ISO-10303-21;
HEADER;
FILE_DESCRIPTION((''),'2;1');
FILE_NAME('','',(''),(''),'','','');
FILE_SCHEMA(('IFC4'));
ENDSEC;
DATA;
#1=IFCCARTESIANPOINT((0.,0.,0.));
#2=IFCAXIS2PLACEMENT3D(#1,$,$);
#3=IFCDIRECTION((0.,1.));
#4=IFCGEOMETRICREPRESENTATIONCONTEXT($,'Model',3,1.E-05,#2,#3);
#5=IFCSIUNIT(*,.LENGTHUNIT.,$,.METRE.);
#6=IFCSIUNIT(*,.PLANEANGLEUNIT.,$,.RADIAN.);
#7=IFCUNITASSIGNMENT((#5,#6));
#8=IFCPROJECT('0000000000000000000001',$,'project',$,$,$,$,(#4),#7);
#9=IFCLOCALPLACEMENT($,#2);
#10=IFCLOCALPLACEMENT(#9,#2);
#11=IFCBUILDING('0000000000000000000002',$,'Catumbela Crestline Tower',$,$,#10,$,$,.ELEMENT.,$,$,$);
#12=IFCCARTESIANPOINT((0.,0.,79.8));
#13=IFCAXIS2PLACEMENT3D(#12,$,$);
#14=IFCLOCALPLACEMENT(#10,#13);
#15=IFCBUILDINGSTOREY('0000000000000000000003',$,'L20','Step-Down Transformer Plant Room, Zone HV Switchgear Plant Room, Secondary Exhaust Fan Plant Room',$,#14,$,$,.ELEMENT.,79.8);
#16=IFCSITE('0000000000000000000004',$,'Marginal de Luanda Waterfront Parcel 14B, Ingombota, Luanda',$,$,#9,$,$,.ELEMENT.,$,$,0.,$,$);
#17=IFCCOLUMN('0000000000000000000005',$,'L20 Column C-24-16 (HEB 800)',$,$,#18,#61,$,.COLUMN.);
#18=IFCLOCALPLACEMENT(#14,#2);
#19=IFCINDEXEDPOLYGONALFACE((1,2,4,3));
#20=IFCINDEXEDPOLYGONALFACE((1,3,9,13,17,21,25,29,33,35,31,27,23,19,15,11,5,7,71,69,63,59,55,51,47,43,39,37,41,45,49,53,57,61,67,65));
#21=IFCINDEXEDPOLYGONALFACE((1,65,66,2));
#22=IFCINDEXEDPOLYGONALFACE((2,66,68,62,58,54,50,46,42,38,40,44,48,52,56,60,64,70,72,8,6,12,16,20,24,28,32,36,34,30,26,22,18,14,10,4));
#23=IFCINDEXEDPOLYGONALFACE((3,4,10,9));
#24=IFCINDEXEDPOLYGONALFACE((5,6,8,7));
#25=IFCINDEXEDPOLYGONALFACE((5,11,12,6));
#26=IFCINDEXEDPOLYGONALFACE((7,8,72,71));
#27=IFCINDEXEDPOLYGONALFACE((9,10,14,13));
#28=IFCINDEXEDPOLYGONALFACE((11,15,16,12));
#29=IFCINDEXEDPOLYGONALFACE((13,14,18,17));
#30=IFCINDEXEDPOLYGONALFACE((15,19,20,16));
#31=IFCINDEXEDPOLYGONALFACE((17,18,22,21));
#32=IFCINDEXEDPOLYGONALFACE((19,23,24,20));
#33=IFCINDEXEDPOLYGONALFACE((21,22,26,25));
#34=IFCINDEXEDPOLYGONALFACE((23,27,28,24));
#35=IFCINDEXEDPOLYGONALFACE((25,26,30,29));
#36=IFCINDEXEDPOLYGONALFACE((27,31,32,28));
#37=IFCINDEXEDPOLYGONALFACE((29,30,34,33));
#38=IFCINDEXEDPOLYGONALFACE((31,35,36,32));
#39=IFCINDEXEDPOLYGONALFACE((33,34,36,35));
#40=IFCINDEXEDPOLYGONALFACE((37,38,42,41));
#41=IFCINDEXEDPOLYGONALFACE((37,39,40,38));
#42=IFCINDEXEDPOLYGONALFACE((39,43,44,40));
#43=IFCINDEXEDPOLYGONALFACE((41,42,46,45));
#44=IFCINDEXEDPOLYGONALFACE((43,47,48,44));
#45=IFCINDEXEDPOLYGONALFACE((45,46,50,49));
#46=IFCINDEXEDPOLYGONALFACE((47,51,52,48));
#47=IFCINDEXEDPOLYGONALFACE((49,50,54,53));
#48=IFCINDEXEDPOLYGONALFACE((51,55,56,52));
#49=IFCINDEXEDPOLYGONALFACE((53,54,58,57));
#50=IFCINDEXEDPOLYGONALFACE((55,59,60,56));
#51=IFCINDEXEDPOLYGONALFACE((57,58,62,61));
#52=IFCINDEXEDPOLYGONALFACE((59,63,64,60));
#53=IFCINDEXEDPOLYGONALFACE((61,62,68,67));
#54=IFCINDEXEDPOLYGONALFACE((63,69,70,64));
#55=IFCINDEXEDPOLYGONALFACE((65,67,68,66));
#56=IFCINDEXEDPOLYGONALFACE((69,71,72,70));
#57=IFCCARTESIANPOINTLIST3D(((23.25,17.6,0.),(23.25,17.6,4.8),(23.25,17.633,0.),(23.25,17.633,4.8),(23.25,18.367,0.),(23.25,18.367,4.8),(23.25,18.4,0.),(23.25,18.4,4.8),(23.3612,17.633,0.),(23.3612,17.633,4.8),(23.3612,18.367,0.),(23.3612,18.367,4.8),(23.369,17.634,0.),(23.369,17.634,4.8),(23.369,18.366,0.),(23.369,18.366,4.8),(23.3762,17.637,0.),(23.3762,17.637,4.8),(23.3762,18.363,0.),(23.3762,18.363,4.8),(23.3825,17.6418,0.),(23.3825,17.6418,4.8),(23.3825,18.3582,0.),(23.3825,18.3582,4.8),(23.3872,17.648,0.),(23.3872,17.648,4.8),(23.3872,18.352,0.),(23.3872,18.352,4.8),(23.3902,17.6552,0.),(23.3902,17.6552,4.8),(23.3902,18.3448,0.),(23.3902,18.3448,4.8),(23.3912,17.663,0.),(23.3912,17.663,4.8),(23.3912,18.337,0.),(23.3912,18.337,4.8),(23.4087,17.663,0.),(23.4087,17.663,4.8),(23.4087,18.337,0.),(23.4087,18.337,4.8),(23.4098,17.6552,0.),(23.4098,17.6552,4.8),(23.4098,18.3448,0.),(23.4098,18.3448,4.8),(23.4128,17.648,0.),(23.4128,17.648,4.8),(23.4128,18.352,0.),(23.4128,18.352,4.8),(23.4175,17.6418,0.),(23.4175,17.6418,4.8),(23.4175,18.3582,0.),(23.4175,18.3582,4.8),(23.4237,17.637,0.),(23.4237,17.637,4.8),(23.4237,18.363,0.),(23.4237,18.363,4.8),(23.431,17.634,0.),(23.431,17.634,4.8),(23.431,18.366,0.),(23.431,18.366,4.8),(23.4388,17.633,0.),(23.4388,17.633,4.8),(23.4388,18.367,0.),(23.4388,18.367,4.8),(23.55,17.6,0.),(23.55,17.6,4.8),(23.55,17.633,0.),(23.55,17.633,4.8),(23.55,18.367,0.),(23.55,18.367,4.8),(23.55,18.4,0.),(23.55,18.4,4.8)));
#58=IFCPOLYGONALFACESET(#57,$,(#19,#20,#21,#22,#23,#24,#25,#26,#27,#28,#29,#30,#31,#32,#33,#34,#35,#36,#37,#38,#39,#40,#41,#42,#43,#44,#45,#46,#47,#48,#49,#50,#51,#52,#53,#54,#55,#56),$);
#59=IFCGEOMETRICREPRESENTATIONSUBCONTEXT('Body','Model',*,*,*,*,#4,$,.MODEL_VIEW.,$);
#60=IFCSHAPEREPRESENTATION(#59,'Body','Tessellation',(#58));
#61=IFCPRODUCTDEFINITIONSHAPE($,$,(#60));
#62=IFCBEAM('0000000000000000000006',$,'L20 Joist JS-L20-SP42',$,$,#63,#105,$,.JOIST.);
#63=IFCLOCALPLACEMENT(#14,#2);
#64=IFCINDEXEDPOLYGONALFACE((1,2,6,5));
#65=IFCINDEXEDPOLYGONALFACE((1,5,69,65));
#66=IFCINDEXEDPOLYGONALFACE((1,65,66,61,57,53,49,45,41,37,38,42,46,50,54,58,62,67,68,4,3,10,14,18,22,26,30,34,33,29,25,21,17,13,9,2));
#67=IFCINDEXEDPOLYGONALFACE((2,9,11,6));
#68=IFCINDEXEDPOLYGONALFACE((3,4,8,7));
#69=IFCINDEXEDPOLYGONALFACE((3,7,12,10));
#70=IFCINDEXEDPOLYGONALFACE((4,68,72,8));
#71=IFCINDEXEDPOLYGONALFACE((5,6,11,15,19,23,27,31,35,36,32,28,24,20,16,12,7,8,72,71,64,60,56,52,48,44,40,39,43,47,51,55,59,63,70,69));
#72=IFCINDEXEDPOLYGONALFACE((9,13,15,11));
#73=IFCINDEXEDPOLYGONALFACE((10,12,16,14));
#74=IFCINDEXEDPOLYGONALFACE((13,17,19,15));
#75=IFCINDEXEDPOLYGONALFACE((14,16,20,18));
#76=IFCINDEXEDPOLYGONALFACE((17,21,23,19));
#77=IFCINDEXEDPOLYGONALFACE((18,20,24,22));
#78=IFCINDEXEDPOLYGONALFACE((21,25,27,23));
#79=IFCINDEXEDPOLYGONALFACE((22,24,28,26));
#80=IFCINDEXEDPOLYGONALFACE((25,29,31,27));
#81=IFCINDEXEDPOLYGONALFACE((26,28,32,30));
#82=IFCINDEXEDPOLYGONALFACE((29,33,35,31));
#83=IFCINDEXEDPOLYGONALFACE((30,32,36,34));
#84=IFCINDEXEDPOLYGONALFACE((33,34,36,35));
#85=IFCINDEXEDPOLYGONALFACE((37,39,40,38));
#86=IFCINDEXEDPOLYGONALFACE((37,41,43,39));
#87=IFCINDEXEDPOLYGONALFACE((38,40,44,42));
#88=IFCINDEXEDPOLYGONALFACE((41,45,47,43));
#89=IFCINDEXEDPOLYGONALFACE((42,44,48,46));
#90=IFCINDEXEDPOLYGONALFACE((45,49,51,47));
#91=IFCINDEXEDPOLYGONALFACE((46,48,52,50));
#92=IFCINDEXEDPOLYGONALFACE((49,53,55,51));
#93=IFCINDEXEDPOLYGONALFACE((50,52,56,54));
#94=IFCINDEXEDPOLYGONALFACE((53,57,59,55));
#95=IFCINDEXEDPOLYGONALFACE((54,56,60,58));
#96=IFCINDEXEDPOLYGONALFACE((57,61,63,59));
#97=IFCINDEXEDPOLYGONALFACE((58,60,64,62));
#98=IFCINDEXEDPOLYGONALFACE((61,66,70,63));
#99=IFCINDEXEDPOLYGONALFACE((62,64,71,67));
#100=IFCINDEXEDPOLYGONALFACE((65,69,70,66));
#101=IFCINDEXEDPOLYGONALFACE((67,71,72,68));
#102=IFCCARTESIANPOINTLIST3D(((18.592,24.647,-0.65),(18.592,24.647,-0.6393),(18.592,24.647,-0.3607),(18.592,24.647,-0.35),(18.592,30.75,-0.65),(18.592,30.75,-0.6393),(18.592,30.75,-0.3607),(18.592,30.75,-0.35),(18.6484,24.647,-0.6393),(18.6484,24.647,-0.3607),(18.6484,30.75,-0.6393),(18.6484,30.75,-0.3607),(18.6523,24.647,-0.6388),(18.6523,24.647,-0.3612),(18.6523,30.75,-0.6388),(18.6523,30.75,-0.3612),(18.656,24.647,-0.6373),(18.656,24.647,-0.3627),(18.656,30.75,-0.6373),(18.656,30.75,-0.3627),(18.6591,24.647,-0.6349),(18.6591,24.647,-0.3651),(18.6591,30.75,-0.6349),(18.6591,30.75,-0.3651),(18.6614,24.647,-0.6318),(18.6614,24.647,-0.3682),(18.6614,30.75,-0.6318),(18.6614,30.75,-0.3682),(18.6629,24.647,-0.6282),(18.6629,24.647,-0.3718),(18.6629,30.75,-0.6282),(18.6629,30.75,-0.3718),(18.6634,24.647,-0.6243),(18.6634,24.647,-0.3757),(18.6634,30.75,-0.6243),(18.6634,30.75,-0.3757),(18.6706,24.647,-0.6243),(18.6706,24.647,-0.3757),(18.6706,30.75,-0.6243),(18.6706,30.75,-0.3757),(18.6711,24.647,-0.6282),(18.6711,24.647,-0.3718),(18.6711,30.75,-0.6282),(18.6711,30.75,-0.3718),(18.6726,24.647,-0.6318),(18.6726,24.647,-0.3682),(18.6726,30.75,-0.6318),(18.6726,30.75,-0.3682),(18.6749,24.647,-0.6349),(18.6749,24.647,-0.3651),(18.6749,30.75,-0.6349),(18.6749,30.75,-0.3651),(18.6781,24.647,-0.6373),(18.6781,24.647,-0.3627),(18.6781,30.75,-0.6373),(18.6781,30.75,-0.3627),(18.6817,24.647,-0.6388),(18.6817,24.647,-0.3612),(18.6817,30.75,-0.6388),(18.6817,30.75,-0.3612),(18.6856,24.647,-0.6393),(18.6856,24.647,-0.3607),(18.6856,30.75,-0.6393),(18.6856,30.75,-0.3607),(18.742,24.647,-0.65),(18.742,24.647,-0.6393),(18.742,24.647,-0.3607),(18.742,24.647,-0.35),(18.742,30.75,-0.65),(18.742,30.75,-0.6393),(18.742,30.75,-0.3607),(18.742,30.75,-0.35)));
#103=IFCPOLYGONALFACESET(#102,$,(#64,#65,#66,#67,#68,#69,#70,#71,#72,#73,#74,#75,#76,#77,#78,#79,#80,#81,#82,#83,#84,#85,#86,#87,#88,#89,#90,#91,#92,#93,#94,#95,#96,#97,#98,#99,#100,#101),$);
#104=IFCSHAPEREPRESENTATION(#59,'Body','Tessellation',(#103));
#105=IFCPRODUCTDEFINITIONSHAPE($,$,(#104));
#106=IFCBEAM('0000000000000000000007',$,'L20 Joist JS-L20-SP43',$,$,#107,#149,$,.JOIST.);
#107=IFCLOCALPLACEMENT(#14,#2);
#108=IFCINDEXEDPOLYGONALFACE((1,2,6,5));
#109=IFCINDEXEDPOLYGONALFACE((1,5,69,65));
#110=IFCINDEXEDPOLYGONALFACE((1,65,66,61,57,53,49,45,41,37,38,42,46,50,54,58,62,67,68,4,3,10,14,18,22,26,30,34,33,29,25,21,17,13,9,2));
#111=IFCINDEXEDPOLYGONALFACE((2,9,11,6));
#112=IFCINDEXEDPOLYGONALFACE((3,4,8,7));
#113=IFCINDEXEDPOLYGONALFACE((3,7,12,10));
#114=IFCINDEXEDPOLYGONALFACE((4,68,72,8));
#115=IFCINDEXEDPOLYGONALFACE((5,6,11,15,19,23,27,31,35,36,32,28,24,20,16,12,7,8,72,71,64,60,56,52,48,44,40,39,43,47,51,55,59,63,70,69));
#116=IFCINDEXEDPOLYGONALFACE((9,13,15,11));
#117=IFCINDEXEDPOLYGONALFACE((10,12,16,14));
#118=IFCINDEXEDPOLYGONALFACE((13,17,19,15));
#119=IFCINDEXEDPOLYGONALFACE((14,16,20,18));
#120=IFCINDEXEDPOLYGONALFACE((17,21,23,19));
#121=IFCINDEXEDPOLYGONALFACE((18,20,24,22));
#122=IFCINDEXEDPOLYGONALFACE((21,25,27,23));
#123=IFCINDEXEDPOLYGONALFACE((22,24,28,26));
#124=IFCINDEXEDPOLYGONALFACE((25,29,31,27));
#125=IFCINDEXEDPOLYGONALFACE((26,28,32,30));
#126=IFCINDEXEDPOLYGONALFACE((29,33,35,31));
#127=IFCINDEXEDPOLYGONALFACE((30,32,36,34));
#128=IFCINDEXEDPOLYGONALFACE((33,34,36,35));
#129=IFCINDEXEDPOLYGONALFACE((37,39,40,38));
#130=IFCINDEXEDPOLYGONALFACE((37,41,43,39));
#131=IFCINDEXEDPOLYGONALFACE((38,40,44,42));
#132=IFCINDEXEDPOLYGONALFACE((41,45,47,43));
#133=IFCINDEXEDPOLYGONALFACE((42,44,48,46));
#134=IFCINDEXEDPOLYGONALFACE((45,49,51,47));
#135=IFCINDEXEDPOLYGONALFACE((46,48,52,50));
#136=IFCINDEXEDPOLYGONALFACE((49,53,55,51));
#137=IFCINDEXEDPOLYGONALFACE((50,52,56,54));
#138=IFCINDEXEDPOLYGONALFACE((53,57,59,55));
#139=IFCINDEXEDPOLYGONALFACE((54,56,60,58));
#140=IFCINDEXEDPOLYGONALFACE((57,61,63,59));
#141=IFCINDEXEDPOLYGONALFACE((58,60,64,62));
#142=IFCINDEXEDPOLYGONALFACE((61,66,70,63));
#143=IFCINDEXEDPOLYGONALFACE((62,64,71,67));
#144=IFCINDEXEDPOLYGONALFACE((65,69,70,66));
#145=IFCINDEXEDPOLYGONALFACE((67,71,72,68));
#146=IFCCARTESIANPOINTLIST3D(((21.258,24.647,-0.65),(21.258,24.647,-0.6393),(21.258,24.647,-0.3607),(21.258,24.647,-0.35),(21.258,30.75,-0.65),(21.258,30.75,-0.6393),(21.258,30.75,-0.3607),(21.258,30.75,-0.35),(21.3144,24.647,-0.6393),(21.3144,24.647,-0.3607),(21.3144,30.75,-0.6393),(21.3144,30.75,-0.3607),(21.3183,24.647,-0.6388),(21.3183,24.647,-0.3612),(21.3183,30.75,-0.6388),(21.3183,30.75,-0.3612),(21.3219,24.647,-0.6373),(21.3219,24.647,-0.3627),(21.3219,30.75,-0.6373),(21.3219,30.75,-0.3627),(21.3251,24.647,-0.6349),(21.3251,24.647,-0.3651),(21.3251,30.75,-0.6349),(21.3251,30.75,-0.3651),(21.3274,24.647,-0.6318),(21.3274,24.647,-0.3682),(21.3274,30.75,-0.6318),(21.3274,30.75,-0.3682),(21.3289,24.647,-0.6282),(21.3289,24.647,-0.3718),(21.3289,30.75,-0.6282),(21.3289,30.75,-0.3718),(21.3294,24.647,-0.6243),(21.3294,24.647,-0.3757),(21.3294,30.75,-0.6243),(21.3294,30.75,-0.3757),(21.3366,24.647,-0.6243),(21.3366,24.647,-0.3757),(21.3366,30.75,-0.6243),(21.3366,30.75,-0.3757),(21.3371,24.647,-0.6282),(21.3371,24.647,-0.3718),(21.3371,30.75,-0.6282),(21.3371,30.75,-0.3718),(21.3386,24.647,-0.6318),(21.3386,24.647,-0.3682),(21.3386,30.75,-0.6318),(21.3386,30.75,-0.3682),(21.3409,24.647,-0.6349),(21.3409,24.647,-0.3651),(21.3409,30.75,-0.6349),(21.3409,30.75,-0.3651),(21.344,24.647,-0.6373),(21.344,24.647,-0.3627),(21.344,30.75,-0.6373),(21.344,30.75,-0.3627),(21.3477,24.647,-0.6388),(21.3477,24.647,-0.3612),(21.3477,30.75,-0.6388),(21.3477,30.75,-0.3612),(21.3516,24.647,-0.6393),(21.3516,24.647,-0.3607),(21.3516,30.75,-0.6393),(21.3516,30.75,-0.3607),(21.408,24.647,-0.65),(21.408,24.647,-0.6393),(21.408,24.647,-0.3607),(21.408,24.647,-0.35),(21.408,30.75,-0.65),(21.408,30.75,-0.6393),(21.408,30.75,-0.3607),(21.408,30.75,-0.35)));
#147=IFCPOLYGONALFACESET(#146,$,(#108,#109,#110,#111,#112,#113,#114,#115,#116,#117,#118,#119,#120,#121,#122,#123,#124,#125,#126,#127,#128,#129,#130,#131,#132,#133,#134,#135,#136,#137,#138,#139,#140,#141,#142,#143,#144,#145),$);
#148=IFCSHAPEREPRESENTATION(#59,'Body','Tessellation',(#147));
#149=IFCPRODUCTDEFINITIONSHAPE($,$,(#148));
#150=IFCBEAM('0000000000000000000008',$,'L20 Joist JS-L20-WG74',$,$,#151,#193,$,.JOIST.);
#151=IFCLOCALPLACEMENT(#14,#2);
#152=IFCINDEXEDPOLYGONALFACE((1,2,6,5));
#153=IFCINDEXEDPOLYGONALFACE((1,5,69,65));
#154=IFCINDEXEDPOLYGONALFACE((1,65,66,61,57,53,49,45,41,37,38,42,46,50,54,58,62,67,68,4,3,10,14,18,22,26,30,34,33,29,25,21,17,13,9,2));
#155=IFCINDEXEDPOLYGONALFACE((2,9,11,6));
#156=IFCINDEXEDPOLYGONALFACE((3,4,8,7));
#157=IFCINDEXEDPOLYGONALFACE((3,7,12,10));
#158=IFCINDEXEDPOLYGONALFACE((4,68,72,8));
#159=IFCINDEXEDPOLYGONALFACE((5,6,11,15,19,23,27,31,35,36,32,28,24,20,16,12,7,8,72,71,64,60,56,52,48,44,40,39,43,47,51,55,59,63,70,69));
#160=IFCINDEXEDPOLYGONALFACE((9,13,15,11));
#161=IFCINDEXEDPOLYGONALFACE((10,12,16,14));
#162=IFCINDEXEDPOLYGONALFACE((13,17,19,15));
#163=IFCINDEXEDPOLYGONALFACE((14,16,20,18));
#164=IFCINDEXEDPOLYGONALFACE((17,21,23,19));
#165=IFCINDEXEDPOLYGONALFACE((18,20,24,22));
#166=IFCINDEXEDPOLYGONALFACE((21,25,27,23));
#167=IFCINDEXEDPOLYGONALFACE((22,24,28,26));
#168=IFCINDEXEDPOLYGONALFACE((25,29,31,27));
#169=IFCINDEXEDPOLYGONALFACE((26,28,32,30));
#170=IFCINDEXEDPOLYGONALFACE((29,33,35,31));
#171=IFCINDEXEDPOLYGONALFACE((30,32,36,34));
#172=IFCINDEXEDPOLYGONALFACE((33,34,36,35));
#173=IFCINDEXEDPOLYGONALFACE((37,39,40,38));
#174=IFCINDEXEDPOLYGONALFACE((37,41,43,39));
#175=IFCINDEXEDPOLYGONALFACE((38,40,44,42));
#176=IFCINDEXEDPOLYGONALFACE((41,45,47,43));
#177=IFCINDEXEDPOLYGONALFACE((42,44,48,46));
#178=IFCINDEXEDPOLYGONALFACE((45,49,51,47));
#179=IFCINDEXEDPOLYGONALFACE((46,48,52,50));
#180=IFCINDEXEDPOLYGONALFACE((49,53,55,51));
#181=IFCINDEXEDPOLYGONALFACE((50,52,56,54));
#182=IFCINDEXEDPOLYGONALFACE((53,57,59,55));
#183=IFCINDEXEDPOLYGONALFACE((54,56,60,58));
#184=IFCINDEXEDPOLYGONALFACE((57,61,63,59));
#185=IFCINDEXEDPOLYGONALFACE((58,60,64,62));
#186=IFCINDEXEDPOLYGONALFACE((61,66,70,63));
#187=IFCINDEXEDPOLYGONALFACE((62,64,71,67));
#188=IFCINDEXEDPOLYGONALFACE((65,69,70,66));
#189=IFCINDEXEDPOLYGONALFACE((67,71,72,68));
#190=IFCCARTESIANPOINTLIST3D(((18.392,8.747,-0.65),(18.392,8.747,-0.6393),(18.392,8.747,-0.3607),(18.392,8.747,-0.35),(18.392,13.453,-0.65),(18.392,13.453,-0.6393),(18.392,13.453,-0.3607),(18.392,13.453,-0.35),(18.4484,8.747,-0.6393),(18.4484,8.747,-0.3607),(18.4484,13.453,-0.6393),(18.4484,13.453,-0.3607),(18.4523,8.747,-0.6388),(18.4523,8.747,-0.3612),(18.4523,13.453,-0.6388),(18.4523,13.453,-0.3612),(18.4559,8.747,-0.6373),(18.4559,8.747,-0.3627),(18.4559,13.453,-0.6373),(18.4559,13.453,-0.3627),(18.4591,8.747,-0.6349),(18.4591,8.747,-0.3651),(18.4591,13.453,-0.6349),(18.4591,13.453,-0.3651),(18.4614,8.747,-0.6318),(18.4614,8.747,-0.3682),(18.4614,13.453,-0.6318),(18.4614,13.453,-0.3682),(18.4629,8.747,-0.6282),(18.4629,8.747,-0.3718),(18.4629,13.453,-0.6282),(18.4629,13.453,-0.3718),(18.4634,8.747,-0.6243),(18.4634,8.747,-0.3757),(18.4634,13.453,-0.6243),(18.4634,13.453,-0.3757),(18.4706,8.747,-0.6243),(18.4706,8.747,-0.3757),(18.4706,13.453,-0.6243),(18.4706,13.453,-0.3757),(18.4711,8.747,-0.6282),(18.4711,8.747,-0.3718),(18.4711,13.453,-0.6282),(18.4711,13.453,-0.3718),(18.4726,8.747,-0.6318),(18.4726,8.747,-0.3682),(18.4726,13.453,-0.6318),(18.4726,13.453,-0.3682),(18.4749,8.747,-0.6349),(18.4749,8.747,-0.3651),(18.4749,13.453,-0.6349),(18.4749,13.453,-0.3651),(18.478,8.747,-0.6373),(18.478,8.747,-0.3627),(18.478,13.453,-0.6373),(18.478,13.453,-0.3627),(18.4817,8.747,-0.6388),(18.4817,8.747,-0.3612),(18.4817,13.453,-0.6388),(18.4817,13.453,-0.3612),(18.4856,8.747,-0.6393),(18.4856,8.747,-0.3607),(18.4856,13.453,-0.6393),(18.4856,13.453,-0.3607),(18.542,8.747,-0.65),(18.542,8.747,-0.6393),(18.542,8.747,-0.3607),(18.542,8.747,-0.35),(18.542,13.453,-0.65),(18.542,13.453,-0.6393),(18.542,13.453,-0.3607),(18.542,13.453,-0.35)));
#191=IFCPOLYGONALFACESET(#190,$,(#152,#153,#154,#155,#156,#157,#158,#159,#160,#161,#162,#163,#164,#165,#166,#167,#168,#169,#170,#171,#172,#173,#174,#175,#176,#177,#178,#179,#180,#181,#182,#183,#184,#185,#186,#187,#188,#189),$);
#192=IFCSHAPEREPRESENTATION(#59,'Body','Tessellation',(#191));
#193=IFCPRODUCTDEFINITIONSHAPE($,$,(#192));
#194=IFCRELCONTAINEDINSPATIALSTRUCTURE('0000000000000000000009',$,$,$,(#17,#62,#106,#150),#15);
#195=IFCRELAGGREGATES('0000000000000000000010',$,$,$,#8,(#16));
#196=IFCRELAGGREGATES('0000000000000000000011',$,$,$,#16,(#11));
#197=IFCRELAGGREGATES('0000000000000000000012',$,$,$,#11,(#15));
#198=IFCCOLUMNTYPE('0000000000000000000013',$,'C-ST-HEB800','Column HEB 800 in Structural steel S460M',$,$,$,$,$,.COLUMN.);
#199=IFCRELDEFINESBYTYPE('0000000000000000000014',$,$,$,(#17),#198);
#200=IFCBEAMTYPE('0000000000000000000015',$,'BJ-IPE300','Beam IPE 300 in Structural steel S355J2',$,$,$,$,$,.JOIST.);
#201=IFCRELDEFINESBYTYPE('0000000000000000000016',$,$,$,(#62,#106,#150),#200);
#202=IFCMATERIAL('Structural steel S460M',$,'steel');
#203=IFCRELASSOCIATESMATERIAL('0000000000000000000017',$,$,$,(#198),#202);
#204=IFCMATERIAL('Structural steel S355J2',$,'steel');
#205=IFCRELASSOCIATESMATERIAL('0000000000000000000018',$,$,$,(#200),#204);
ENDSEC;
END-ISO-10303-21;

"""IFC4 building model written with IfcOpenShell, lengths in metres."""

from ifc_helpers import new_model, si_unit, direction, frame, origin, origin_2d, place, context, subcontext, project, spatial, i_section, extrude, material, material_profile, profile_set, type_object, element, save


model = new_model("IFC4")

# Units and contexts
model_context = context("Model", 3, precision=1e-05, world=origin(), true_north=direction((0.0, 1.0)))
body_context = subcontext(model_context, "Body", "Model", "MODEL_VIEW")
ifc_project = project(units=[si_unit("LENGTHUNIT", "METRE"), si_unit("PLANEANGLEUNIT", "RADIAN")], contexts=[model_context])

# Site, building, storey
site_placement = place(None, origin())
site = spatial("IfcSite", under=ifc_project, at=site_placement, Name="Marginal de Luanda Waterfront Parcel 14B, Ingombota, Luanda", CompositionType="ELEMENT", RefElevation=0.0)
building_placement = place(site_placement, origin())
building = spatial("IfcBuilding", under=site, at=building_placement, Name="Catumbela Crestline Tower", CompositionType="ELEMENT")
storey_placement = place(building_placement, frame((0.0, 0.0, 79.8)))
storey = spatial("IfcBuildingStorey", under=building, at=storey_placement, Name="L20", Description="Step-Down Transformer Plant Room, Zone HV Switchgear Plant Room, Secondary Exhaust Fan Plant Room", CompositionType="ELEMENT", Elevation=79.8)

# Column
ifc_material_1 = material(Name="Structural steel S460M", Category="steel")
ifc_material_profile_1 = material_profile(ifc_material_1, i_section(OverallWidth=0.3, OverallDepth=0.8, WebThickness=0.0175, FlangeThickness=0.033, FilletRadius=0.03, at=origin_2d()), Name="HEB 800")
ifc_profile_set_1 = profile_set([ifc_material_profile_1], Name="Structural steel S460M")
column_type_1 = type_object("IfcColumnType", Name="C-ST-HEB800", Description="Column HEB 800 in Structural steel S460M", PredefinedType="COLUMN", material=ifc_profile_set_1)
for number, where, z_axis, x_axis, name in (
    (1, (23.4, 18.0, 0.0), (0.0, 0.0, 1.0), (1.0, 0.0, 0.0), "L20 Column C-24-16 (HEB 800)"),
):
    element("IfcColumn", number, at=place(storey_placement, frame(where, z_axis=z_axis, x_axis=x_axis)), inside=storey, type_object=column_type_1, Name=name, PredefinedType="COLUMN", context=body_context, shape_type="SweptSolid", body=[
        extrude(i_section(OverallWidth=0.3, OverallDepth=0.8, WebThickness=0.0175, FlangeThickness=0.033, FilletRadius=0.03, at=origin_2d()), origin(), (0.0, 0.0, 1.0), 4.8),
    ])

# Beams
ifc_material_2 = material(Name="Structural steel S355J2", Category="steel")
ifc_material_profile_2 = material_profile(ifc_material_2, i_section(OverallWidth=0.15, OverallDepth=0.3, WebThickness=0.0071, FlangeThickness=0.0107, FilletRadius=0.015, at=origin_2d()), Name="IPE 300")
ifc_profile_set_2 = profile_set([ifc_material_profile_2], Name="Structural steel S355J2")
beam_type_1 = type_object("IfcBeamType", Name="BJ-IPE300", Description="Beam IPE 300 in Structural steel S355J2", PredefinedType="JOIST", material=ifc_profile_set_2)
for number, where, z_axis, x_axis, name in (
    (2, (18.667, 24.647, -0.5), (0.0, 1.0, 0.0), (-1.0, 0.0, 0.0), "L20 Joist JS-L20-SP42"),
    (3, (21.333, 24.647, -0.5), (0.0, 1.0, 0.0), (-1.0, 0.0, 0.0), "L20 Joist JS-L20-SP43"),
):
    element("IfcBeam", number, at=place(storey_placement, frame(where, z_axis=z_axis, x_axis=x_axis)), inside=storey, type_object=beam_type_1, Name=name, PredefinedType="JOIST", context=body_context, shape_type="SweptSolid", body=[
        extrude(i_section(OverallWidth=0.15, OverallDepth=0.3, WebThickness=0.0071, FlangeThickness=0.0107, FilletRadius=0.015, at=origin_2d()), origin(), (0.0, 0.0, 1.0), 6.103),
    ])
for number, where, z_axis, x_axis, name in (
    (4, (18.467, 8.747, -0.5), (0.0, 1.0, 0.0), (-1.0, 0.0, 0.0), "L20 Joist JS-L20-WG74"),
):
    element("IfcBeam", number, at=place(storey_placement, frame(where, z_axis=z_axis, x_axis=x_axis)), inside=storey, type_object=beam_type_1, Name=name, PredefinedType="JOIST", context=body_context, shape_type="SweptSolid", body=[
        extrude(i_section(OverallWidth=0.15, OverallDepth=0.3, WebThickness=0.0071, FlangeThickness=0.0107, FilletRadius=0.015, at=origin_2d()), origin(), (0.0, 0.0, 1.0), 4.706),
    ])

save(model, "model.ifc")
